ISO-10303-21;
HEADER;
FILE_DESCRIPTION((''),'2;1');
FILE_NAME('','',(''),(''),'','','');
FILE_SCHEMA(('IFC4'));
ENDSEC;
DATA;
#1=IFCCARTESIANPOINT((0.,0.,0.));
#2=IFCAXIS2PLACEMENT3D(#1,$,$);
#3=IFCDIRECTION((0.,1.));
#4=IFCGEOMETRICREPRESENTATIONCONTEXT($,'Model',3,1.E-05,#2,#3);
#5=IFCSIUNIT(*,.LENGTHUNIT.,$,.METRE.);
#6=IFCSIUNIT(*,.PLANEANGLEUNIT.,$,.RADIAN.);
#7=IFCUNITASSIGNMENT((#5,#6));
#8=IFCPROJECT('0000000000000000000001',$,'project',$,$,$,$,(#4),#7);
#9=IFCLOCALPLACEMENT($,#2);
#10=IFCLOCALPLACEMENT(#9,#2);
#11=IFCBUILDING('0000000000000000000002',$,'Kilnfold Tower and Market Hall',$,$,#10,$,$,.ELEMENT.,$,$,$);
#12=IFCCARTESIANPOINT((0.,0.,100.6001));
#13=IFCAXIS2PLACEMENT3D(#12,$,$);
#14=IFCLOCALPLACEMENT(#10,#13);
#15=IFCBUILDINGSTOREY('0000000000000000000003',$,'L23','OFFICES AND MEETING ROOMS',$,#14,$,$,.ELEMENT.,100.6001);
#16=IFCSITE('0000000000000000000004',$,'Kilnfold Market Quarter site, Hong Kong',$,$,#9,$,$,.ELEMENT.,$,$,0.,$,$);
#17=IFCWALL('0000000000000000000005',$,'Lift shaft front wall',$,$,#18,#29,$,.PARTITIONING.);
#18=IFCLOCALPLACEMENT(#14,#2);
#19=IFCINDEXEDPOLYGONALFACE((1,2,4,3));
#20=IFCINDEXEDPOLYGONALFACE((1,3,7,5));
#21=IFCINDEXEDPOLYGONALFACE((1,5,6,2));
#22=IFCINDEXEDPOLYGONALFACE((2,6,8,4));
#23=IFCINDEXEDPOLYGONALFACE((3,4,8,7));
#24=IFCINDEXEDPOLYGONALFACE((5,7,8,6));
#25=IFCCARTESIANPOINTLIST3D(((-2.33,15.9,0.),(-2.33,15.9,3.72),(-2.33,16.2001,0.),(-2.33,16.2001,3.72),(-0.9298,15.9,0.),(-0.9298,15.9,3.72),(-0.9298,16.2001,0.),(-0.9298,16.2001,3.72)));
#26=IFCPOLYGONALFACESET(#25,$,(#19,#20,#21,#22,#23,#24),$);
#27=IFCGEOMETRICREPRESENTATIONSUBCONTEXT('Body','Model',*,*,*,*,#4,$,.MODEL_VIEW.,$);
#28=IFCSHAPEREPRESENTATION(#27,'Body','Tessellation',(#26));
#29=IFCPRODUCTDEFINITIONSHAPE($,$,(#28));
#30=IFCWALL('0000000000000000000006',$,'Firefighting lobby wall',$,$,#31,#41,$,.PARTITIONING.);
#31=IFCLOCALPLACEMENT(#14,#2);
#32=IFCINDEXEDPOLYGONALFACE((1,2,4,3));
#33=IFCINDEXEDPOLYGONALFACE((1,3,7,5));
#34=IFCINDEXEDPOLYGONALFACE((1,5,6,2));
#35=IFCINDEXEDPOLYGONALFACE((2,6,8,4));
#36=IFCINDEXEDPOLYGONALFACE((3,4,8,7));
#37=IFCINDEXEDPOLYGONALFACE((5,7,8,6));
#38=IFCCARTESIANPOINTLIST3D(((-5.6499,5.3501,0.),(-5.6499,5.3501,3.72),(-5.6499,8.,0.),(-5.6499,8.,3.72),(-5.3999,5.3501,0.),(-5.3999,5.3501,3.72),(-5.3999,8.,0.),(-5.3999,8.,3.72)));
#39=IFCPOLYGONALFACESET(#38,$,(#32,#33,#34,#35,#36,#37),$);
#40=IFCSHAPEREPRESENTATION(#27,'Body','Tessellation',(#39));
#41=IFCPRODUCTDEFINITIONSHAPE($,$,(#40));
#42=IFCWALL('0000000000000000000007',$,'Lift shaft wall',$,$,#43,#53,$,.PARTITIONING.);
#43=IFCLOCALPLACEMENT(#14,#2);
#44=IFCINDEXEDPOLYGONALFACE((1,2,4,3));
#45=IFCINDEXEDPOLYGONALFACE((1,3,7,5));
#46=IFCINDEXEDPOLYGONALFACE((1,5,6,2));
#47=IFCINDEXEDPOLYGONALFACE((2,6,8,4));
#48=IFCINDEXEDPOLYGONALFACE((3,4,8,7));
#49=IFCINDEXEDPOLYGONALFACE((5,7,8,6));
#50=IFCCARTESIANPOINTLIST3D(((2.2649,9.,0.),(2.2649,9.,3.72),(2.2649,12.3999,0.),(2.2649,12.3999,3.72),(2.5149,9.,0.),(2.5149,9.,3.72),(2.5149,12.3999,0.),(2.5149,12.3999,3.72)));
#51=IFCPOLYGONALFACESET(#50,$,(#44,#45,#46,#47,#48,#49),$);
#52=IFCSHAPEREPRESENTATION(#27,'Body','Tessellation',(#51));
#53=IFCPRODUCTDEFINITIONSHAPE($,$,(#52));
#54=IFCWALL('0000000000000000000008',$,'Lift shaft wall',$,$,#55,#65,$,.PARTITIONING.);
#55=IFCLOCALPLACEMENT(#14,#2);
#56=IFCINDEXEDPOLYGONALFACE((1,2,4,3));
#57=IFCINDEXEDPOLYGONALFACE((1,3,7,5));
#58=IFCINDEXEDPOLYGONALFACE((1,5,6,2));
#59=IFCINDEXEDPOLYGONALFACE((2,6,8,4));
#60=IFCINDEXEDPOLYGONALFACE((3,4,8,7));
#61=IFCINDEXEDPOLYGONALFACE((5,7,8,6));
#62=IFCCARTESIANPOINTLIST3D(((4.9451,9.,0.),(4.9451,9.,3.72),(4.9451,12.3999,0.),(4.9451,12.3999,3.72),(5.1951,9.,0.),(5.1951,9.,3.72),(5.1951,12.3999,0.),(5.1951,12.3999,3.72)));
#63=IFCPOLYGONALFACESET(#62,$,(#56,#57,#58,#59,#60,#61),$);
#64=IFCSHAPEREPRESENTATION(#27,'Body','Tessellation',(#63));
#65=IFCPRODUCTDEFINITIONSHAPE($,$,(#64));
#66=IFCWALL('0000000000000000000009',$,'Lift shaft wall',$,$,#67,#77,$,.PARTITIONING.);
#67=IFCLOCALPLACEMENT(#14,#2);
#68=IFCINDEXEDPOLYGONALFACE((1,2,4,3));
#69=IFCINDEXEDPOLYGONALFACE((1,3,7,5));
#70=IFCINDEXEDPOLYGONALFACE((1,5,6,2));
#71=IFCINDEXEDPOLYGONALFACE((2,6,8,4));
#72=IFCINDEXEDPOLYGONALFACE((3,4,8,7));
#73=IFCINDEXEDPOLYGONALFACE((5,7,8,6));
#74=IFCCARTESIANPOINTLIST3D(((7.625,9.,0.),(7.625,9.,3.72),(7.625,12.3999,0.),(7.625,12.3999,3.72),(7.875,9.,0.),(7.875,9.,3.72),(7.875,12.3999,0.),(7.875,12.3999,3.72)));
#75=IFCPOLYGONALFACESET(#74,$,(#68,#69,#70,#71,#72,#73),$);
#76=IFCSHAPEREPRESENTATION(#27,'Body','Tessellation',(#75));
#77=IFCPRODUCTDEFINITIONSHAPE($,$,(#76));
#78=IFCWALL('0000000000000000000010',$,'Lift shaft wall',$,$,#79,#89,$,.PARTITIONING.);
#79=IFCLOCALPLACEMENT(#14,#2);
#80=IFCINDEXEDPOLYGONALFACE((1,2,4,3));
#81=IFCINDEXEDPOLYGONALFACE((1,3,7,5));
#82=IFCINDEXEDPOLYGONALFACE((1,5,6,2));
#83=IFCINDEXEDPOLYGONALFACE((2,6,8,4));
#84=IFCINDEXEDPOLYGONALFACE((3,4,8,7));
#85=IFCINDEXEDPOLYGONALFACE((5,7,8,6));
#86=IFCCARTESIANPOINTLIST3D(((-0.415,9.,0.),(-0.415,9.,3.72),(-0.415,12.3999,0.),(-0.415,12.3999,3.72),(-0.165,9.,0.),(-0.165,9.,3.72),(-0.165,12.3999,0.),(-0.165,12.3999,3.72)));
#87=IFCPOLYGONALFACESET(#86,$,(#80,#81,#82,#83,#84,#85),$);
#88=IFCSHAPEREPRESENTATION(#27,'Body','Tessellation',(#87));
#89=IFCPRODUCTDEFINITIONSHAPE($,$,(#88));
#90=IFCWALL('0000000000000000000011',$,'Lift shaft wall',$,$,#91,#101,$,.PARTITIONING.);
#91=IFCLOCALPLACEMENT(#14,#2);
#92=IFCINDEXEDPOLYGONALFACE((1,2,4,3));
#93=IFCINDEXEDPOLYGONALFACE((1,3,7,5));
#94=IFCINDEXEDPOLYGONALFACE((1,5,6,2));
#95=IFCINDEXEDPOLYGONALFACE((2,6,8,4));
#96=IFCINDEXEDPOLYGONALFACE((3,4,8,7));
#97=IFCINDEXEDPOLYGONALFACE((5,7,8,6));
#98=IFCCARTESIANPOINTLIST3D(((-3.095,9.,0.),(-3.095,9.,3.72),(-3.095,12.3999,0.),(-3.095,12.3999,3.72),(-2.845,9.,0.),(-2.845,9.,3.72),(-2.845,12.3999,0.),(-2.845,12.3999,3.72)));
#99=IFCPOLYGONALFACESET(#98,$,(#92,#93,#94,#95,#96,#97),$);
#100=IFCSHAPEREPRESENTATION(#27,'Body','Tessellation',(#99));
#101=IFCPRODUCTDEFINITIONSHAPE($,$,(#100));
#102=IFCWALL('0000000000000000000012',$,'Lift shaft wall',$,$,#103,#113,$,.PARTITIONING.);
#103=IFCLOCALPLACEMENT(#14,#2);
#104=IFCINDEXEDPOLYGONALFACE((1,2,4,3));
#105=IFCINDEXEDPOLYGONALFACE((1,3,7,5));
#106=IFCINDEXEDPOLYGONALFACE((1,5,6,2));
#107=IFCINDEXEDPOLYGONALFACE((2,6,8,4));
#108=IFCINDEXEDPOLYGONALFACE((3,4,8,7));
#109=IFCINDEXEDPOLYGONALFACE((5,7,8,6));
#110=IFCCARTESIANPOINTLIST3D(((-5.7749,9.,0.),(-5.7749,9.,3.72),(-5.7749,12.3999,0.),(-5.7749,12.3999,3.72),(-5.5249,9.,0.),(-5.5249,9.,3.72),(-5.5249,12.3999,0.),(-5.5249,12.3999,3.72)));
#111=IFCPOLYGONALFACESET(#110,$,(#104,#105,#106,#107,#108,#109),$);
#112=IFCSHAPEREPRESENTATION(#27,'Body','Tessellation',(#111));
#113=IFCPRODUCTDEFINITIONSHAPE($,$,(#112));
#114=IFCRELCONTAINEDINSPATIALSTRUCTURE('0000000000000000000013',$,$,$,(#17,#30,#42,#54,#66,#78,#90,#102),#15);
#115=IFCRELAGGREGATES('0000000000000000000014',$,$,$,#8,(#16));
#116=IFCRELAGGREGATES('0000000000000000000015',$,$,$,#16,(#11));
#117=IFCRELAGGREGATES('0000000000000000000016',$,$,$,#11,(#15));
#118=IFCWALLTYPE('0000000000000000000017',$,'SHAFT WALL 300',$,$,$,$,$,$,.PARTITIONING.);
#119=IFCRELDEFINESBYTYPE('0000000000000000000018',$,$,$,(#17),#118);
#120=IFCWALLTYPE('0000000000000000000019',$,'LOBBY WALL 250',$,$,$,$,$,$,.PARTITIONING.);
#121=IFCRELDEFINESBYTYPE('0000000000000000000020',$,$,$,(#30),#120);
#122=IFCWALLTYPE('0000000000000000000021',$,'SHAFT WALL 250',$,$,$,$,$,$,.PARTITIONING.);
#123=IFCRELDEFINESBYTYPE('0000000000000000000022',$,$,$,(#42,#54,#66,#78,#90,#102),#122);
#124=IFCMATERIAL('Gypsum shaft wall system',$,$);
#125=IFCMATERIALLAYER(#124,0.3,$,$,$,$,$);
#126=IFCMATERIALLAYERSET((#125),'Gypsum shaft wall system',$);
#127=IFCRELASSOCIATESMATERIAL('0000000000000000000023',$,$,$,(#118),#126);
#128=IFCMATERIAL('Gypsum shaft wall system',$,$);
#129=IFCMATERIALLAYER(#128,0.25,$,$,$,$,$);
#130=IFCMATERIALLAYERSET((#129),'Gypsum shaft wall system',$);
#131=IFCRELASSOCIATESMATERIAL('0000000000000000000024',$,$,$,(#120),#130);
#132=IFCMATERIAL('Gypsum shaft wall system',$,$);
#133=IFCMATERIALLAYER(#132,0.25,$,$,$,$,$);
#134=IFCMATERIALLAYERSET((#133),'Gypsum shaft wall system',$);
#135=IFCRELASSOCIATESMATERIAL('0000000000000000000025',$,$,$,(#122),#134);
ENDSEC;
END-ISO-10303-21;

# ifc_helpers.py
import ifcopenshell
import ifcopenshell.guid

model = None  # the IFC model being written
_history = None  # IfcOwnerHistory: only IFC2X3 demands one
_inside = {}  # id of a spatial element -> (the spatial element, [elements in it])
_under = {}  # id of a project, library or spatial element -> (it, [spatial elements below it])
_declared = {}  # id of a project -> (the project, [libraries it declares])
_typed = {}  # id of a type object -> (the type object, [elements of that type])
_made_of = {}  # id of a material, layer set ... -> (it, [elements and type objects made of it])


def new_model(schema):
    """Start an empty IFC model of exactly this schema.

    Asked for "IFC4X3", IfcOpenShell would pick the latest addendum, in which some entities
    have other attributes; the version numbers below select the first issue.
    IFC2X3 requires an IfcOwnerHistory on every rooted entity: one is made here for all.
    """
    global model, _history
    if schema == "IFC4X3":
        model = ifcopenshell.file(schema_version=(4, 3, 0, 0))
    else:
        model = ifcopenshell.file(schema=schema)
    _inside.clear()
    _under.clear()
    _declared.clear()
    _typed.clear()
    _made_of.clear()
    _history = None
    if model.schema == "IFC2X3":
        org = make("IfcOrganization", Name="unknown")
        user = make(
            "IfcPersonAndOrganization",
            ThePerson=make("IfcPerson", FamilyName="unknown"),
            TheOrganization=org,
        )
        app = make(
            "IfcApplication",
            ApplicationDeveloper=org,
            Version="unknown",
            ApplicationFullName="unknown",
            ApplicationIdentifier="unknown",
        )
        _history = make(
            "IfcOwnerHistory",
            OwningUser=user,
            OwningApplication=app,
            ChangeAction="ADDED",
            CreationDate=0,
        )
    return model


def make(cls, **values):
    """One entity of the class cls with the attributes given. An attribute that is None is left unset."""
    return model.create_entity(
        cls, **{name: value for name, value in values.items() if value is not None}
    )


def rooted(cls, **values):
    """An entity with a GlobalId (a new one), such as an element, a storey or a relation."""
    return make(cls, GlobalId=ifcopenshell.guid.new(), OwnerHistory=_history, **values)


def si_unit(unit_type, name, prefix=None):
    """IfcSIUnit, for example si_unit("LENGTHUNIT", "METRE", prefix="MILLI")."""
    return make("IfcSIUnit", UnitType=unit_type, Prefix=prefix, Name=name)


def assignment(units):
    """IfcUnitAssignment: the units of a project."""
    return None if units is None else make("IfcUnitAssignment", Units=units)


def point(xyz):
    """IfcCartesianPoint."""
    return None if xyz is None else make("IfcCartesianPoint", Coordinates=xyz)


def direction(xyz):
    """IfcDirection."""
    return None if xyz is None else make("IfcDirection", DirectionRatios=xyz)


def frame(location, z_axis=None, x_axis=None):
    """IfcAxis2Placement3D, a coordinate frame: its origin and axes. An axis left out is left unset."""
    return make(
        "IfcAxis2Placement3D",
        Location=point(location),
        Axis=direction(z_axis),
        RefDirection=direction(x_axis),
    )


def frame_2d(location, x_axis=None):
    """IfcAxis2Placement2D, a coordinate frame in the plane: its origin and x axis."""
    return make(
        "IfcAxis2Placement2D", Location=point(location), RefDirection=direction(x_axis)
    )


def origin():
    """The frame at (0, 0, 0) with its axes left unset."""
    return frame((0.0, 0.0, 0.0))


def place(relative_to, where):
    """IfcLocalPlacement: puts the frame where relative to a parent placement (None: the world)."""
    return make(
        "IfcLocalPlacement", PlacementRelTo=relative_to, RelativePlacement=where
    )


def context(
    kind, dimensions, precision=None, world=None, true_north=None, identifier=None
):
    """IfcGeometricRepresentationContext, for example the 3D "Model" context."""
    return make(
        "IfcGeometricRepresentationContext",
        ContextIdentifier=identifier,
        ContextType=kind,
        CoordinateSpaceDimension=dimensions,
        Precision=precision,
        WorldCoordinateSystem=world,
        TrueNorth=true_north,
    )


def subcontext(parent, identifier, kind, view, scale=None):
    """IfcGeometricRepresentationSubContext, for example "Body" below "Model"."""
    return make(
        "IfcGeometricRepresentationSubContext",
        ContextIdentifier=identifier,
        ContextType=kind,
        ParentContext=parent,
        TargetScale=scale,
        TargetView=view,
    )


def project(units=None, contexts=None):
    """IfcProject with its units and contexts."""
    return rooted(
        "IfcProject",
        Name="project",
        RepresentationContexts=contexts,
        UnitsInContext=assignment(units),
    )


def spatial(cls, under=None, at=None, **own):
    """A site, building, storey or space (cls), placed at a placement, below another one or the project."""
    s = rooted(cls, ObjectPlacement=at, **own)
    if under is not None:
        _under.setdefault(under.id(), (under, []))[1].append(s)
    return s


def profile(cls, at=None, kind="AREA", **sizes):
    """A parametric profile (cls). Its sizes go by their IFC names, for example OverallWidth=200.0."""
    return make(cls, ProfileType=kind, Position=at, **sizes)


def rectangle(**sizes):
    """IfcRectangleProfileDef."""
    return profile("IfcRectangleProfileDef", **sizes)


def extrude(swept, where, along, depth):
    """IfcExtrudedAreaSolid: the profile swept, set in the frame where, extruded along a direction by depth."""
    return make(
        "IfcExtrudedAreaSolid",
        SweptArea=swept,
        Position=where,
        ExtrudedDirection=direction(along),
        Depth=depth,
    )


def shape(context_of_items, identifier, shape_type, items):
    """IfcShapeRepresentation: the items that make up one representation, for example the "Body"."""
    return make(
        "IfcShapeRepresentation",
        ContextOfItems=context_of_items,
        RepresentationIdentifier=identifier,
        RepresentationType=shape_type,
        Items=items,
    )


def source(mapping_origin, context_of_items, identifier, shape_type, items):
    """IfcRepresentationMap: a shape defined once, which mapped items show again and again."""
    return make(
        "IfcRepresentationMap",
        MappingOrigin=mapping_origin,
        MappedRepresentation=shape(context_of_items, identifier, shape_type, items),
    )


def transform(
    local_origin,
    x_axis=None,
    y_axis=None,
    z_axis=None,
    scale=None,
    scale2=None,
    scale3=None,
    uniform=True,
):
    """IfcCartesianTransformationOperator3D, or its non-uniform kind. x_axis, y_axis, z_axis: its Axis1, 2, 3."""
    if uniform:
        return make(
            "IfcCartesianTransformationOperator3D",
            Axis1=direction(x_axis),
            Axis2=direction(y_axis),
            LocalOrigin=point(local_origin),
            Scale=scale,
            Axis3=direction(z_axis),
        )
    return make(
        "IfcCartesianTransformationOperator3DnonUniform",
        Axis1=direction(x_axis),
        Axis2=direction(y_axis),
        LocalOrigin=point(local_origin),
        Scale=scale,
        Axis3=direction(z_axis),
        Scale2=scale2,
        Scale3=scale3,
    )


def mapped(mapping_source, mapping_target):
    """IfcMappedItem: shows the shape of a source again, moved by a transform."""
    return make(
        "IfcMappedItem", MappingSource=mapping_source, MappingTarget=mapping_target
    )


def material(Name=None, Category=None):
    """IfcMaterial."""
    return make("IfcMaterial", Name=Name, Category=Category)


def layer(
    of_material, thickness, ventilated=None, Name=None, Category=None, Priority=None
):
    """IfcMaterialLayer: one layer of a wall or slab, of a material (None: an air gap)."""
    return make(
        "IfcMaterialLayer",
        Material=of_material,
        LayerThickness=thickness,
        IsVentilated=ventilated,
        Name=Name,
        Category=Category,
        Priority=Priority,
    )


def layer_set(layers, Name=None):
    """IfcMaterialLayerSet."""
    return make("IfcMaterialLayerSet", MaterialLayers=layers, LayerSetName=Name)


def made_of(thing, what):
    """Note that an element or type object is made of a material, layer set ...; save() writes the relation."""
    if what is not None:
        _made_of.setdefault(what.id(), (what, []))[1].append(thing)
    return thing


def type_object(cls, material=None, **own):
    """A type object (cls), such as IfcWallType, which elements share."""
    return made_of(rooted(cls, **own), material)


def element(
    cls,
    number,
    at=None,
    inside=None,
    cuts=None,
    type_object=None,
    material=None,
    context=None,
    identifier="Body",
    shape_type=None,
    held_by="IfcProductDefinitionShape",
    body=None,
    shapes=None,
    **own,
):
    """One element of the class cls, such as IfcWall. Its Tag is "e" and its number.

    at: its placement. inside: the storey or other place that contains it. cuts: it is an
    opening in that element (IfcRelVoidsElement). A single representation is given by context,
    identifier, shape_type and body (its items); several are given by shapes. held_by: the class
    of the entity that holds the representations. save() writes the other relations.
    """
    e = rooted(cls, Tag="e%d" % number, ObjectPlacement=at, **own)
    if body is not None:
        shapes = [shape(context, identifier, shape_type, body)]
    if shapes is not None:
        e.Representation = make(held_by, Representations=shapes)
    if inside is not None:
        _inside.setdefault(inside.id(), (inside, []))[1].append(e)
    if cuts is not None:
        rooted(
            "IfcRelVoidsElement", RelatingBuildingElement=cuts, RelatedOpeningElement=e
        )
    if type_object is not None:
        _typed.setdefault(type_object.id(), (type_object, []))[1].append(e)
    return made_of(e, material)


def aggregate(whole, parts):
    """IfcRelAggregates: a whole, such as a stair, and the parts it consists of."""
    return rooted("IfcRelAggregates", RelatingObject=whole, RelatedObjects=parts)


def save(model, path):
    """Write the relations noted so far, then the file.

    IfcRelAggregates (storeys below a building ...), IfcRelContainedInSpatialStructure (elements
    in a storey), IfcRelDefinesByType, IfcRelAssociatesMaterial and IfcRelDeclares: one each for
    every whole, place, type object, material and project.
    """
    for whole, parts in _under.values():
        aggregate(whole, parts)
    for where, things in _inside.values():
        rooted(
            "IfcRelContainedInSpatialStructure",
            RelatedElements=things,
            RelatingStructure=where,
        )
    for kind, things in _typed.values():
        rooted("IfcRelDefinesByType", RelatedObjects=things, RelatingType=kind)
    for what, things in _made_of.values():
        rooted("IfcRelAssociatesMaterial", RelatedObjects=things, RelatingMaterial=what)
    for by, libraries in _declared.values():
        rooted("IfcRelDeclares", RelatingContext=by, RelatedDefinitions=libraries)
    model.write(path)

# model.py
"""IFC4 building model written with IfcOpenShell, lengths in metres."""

from ifc_helpers import new_model, si_unit, direction, frame, frame_2d, origin, place, context, subcontext, project, spatial, rectangle, extrude, source, transform, mapped, material, layer, layer_set, type_object, element, save


model = new_model("IFC4")

# Units and contexts
model_context = context("Model", 3, precision=1e-05, world=origin(), true_north=direction((0.0, 1.0)))
body_context = subcontext(model_context, "Body", "Model", "MODEL_VIEW")
ifc_project = project(units=[si_unit("LENGTHUNIT", "METRE"), si_unit("PLANEANGLEUNIT", "RADIAN")], contexts=[model_context])

# Site, building, storey
site_placement = place(None, origin())
site = spatial("IfcSite", under=ifc_project, at=site_placement, Name="Kilnfold Market Quarter site, Hong Kong", CompositionType="ELEMENT", RefElevation=0.0)
building_placement = place(site_placement, origin())
building = spatial("IfcBuilding", under=site, at=building_placement, Name="Kilnfold Tower and Market Hall", CompositionType="ELEMENT")
storey_placement = place(building_placement, frame((0.0, 0.0, 100.6001)))
storey = spatial("IfcBuildingStorey", under=building, at=storey_placement, Name="L23", Description="OFFICES AND MEETING ROOMS", CompositionType="ELEMENT", Elevation=100.6001)

# Shared definitions
ifc_material_1 = material(Name="Gypsum shaft wall system")
ifc_layer_1 = layer(ifc_material_1, 0.3)
ifc_layer_set_1 = layer_set([ifc_layer_1], Name="Gypsum shaft wall system")
wall_type_1 = type_object("IfcWallType", Name="SHAFT WALL 300", PredefinedType="PARTITIONING", material=ifc_layer_set_1)

# Shared definitions
shared_shape_1 = source(origin(), body_context, "Body", "SweptSolid", [
    extrude(rectangle(XDim=1.4001, YDim=0.3, at=frame_2d((0.7002, 0.0))), origin(), (0.0, 0.0, 1.0), 3.72),
])

# Walls
wall_1_placement = place(storey_placement, frame((-2.3301, 16.05, 0.0), z_axis=(0.0, 0.0, 1.0), x_axis=(1.0, 0.0, 0.0)))
element("IfcWall", 1, at=wall_1_placement, inside=storey, type_object=wall_type_1, Name="Lift shaft front wall", PredefinedType="PARTITIONING", context=body_context, shape_type="MappedRepresentation", body=[
    mapped(shared_shape_1, transform((0.0, 0.0, 0.0))),
])
ifc_material_2 = material(Name="Gypsum shaft wall system")
ifc_layer_2 = layer(ifc_material_2, 0.25)
ifc_layer_set_2 = layer_set([ifc_layer_2], Name="Gypsum shaft wall system")
wall_type_2 = type_object("IfcWallType", Name="LOBBY WALL 250", PredefinedType="PARTITIONING", material=ifc_layer_set_2)
shared_shape_2 = source(origin(), body_context, "Body", "SweptSolid", [
    extrude(rectangle(XDim=2.6499, YDim=0.25, at=frame_2d((1.325, 0.0))), origin(), (0.0, 0.0, 1.0), 3.72),
])
wall_2_placement = place(storey_placement, frame((-5.5249, 5.3501, 0.0), z_axis=(0.0, 0.0, 1.0), x_axis=(0.0, 1.0, 0.0)))
element("IfcWall", 2, at=wall_2_placement, inside=storey, type_object=wall_type_2, Name="Firefighting lobby wall", PredefinedType="PARTITIONING", context=body_context, shape_type="MappedRepresentation", body=[
    mapped(shared_shape_2, transform((0.0, 0.0, 0.0))),
])
ifc_material_3 = material(Name="Gypsum shaft wall system")
ifc_layer_3 = layer(ifc_material_3, 0.25)
ifc_layer_set_3 = layer_set([ifc_layer_3], Name="Gypsum shaft wall system")
wall_type_3 = type_object("IfcWallType", Name="SHAFT WALL 250", PredefinedType="PARTITIONING", material=ifc_layer_set_3)
shared_shape_3 = source(origin(), body_context, "Body", "SweptSolid", [
    extrude(rectangle(XDim=3.3999, YDim=0.25, at=frame_2d((1.7, 0.0))), origin(), (0.0, 0.0, 1.0), 3.72),
])
for number, where, z_axis, x_axis, name in (
    (3, (2.3899, 9.0, 0.0), (0.0, 0.0, 1.0), (0.0, 1.0, 0.0), "Lift shaft wall"),
    (4, (5.0701, 9.0, 0.0), (0.0, 0.0, 1.0), (0.0, 1.0, 0.0), "Lift shaft wall"),
    (5, (7.75, 9.0, 0.0), (0.0, 0.0, 1.0), (0.0, 1.0, 0.0), "Lift shaft wall"),
    (6, (-0.29, 9.0, 0.0), (0.0, 0.0, 1.0), (0.0, 1.0, 0.0), "Lift shaft wall"),
    (7, (-2.97, 9.0, 0.0), (0.0, 0.0, 1.0), (0.0, 1.0, 0.0), "Lift shaft wall"),
    (8, (-5.6499, 9.0, 0.0), (0.0, 0.0, 1.0), (0.0, 1.0, 0.0), "Lift shaft wall"),
):
    element("IfcWall", number, at=place(storey_placement, frame(where, z_axis=z_axis, x_axis=x_axis)), inside=storey, type_object=wall_type_3, Name=name, PredefinedType="PARTITIONING", context=body_context, shape_type="MappedRepresentation", body=[
        mapped(shared_shape_3, transform((0.0, 0.0, 0.0))),
    ])

save(model, "model.ifc")
